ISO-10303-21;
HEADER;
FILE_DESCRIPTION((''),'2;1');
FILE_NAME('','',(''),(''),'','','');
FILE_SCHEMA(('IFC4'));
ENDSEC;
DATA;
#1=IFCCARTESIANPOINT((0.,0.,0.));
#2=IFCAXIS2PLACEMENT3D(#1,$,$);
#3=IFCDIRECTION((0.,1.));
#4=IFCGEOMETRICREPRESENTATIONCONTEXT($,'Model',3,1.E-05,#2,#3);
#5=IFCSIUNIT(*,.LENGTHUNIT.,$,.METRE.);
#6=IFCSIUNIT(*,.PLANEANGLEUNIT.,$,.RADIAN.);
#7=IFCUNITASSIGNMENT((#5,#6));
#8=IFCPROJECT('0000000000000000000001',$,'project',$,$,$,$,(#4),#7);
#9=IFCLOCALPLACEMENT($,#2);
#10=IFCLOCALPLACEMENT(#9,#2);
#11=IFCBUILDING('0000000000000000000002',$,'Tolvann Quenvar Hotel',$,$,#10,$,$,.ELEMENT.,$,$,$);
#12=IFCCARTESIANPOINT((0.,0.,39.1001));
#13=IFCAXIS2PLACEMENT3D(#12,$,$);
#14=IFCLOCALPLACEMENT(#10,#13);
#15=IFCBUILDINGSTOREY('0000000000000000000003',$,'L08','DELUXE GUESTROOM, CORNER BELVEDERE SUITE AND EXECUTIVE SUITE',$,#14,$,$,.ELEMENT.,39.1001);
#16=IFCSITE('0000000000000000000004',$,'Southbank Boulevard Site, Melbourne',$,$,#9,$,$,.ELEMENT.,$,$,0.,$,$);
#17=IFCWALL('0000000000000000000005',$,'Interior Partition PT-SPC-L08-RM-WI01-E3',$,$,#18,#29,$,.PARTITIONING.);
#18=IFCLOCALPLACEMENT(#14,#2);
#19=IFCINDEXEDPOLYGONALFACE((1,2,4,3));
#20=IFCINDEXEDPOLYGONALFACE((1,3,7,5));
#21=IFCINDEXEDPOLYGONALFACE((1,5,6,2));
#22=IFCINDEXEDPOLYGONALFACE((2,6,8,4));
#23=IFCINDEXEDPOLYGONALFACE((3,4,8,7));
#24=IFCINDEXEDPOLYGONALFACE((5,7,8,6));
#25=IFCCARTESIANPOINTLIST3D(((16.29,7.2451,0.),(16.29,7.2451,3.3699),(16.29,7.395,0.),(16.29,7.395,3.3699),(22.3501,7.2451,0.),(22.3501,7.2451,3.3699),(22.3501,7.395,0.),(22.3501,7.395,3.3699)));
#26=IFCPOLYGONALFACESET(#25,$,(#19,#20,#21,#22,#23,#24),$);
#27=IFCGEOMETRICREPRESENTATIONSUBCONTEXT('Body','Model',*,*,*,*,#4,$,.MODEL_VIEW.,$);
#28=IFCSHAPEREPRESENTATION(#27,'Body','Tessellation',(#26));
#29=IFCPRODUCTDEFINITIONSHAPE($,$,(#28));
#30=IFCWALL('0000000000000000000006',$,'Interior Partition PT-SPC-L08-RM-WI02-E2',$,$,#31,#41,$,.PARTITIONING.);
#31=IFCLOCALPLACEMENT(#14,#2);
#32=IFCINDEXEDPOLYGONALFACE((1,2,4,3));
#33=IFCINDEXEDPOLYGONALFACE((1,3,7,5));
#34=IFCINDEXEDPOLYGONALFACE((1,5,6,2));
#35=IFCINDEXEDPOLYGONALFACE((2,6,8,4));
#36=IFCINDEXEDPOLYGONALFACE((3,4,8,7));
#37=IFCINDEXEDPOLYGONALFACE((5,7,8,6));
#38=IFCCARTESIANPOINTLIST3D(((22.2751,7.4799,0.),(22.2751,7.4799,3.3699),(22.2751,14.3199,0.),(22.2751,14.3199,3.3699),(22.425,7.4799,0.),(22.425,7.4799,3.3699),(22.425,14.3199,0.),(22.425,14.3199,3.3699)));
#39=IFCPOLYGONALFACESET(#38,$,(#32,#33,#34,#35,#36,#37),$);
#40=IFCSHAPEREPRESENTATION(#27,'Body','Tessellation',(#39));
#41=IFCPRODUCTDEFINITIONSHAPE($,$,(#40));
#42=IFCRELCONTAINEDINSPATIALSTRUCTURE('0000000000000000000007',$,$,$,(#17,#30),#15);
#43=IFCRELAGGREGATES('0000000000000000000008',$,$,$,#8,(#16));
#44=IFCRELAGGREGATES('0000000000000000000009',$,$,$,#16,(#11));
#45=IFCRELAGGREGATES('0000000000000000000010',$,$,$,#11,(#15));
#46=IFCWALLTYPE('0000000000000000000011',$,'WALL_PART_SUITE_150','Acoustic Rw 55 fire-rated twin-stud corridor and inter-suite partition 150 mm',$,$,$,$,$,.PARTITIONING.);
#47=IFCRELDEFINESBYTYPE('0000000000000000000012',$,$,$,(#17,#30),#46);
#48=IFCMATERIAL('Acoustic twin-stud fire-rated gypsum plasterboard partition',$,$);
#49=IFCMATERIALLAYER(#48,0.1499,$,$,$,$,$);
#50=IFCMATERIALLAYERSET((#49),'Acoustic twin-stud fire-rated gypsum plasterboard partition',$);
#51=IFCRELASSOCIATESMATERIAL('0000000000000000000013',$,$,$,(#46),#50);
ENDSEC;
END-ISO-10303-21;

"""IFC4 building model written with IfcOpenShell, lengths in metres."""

from ifc_helpers import new_model, si_unit, direction, frame, frame_2d, origin, place, context, subcontext, project, spatial, rectangle, extrude, material, layer, layer_set, type_object, element, save


model = new_model("IFC4")

# Units and contexts
model_context = context("Model", 3, precision=1e-05, world=origin(), true_north=direction((0.0, 1.0)))
body_context = subcontext(model_context, "Body", "Model", "MODEL_VIEW")
ifc_project = project(units=[si_unit("LENGTHUNIT", "METRE"), si_unit("PLANEANGLEUNIT", "RADIAN")], contexts=[model_context])

# Site, building, storey
site_placement = place(None, origin())
site = spatial("IfcSite", under=ifc_project, at=site_placement, Name="Southbank Boulevard Site, Melbourne", CompositionType="ELEMENT", RefElevation=0.0)
building_placement = place(site_placement, origin())
building = spatial("IfcBuilding", under=site, at=building_placement, Name="Tolvann Quenvar Hotel", CompositionType="ELEMENT")
storey_placement = place(building_placement, frame((0.0, 0.0, 39.1001)))
storey = spatial("IfcBuildingStorey", under=building, at=storey_placement, Name="L08", Description="DELUXE GUESTROOM, CORNER BELVEDERE SUITE AND EXECUTIVE SUITE", CompositionType="ELEMENT", Elevation=39.1001)

# Shared definitions
ifc_material_1 = material(Name="Acoustic twin-stud fire-rated gypsum plasterboard partition")
ifc_layer_1 = layer(ifc_material_1, 0.1499)
ifc_layer_set_1 = layer_set([ifc_layer_1], Name="Acoustic twin-stud fire-rated gypsum plasterboard partition")
wall_type_1 = type_object("IfcWallType", Name="WALL_PART_SUITE_150", Description="Acoustic Rw 55 fire-rated twin-stud corridor and inter-suite partition 150 mm", PredefinedType="PARTITIONING", material=ifc_layer_set_1)

# Wall
wall_1_placement = place(storey_placement, frame((16.29, 7.3201, 0.0), z_axis=(0.0, 0.0, 1.0), x_axis=(1.0, 0.0, 0.0)))
element("IfcWall", 1, at=wall_1_placement, inside=storey, type_object=wall_type_1, Name="Interior Partition PT-SPC-L08-RM-WI01-E3", PredefinedType="PARTITIONING", context=body_context, shape_type="SweptSolid", body=[
    extrude(rectangle(XDim=6.0601, YDim=0.1499, at=frame_2d((3.03, 0.0))), origin(), (0.0, 0.0, 1.0), 3.3699),
])

# Wall
wall_2_placement = place(storey_placement, frame((22.3501, 7.48, 0.0), z_axis=(0.0, 0.0, 1.0), x_axis=(0.0, 1.0, 0.0)))
element("IfcWall", 2, at=wall_2_placement, inside=storey, type_object=wall_type_1, Name="Interior Partition PT-SPC-L08-RM-WI02-E2", PredefinedType="PARTITIONING", context=body_context, shape_type="SweptSolid", body=[
    extrude(rectangle(XDim=6.8401, YDim=0.1499, at=frame_2d((3.4199, 0.0))), origin(), (0.0, 0.0, 1.0), 3.3699),
])

save(model, "model.ifc")
